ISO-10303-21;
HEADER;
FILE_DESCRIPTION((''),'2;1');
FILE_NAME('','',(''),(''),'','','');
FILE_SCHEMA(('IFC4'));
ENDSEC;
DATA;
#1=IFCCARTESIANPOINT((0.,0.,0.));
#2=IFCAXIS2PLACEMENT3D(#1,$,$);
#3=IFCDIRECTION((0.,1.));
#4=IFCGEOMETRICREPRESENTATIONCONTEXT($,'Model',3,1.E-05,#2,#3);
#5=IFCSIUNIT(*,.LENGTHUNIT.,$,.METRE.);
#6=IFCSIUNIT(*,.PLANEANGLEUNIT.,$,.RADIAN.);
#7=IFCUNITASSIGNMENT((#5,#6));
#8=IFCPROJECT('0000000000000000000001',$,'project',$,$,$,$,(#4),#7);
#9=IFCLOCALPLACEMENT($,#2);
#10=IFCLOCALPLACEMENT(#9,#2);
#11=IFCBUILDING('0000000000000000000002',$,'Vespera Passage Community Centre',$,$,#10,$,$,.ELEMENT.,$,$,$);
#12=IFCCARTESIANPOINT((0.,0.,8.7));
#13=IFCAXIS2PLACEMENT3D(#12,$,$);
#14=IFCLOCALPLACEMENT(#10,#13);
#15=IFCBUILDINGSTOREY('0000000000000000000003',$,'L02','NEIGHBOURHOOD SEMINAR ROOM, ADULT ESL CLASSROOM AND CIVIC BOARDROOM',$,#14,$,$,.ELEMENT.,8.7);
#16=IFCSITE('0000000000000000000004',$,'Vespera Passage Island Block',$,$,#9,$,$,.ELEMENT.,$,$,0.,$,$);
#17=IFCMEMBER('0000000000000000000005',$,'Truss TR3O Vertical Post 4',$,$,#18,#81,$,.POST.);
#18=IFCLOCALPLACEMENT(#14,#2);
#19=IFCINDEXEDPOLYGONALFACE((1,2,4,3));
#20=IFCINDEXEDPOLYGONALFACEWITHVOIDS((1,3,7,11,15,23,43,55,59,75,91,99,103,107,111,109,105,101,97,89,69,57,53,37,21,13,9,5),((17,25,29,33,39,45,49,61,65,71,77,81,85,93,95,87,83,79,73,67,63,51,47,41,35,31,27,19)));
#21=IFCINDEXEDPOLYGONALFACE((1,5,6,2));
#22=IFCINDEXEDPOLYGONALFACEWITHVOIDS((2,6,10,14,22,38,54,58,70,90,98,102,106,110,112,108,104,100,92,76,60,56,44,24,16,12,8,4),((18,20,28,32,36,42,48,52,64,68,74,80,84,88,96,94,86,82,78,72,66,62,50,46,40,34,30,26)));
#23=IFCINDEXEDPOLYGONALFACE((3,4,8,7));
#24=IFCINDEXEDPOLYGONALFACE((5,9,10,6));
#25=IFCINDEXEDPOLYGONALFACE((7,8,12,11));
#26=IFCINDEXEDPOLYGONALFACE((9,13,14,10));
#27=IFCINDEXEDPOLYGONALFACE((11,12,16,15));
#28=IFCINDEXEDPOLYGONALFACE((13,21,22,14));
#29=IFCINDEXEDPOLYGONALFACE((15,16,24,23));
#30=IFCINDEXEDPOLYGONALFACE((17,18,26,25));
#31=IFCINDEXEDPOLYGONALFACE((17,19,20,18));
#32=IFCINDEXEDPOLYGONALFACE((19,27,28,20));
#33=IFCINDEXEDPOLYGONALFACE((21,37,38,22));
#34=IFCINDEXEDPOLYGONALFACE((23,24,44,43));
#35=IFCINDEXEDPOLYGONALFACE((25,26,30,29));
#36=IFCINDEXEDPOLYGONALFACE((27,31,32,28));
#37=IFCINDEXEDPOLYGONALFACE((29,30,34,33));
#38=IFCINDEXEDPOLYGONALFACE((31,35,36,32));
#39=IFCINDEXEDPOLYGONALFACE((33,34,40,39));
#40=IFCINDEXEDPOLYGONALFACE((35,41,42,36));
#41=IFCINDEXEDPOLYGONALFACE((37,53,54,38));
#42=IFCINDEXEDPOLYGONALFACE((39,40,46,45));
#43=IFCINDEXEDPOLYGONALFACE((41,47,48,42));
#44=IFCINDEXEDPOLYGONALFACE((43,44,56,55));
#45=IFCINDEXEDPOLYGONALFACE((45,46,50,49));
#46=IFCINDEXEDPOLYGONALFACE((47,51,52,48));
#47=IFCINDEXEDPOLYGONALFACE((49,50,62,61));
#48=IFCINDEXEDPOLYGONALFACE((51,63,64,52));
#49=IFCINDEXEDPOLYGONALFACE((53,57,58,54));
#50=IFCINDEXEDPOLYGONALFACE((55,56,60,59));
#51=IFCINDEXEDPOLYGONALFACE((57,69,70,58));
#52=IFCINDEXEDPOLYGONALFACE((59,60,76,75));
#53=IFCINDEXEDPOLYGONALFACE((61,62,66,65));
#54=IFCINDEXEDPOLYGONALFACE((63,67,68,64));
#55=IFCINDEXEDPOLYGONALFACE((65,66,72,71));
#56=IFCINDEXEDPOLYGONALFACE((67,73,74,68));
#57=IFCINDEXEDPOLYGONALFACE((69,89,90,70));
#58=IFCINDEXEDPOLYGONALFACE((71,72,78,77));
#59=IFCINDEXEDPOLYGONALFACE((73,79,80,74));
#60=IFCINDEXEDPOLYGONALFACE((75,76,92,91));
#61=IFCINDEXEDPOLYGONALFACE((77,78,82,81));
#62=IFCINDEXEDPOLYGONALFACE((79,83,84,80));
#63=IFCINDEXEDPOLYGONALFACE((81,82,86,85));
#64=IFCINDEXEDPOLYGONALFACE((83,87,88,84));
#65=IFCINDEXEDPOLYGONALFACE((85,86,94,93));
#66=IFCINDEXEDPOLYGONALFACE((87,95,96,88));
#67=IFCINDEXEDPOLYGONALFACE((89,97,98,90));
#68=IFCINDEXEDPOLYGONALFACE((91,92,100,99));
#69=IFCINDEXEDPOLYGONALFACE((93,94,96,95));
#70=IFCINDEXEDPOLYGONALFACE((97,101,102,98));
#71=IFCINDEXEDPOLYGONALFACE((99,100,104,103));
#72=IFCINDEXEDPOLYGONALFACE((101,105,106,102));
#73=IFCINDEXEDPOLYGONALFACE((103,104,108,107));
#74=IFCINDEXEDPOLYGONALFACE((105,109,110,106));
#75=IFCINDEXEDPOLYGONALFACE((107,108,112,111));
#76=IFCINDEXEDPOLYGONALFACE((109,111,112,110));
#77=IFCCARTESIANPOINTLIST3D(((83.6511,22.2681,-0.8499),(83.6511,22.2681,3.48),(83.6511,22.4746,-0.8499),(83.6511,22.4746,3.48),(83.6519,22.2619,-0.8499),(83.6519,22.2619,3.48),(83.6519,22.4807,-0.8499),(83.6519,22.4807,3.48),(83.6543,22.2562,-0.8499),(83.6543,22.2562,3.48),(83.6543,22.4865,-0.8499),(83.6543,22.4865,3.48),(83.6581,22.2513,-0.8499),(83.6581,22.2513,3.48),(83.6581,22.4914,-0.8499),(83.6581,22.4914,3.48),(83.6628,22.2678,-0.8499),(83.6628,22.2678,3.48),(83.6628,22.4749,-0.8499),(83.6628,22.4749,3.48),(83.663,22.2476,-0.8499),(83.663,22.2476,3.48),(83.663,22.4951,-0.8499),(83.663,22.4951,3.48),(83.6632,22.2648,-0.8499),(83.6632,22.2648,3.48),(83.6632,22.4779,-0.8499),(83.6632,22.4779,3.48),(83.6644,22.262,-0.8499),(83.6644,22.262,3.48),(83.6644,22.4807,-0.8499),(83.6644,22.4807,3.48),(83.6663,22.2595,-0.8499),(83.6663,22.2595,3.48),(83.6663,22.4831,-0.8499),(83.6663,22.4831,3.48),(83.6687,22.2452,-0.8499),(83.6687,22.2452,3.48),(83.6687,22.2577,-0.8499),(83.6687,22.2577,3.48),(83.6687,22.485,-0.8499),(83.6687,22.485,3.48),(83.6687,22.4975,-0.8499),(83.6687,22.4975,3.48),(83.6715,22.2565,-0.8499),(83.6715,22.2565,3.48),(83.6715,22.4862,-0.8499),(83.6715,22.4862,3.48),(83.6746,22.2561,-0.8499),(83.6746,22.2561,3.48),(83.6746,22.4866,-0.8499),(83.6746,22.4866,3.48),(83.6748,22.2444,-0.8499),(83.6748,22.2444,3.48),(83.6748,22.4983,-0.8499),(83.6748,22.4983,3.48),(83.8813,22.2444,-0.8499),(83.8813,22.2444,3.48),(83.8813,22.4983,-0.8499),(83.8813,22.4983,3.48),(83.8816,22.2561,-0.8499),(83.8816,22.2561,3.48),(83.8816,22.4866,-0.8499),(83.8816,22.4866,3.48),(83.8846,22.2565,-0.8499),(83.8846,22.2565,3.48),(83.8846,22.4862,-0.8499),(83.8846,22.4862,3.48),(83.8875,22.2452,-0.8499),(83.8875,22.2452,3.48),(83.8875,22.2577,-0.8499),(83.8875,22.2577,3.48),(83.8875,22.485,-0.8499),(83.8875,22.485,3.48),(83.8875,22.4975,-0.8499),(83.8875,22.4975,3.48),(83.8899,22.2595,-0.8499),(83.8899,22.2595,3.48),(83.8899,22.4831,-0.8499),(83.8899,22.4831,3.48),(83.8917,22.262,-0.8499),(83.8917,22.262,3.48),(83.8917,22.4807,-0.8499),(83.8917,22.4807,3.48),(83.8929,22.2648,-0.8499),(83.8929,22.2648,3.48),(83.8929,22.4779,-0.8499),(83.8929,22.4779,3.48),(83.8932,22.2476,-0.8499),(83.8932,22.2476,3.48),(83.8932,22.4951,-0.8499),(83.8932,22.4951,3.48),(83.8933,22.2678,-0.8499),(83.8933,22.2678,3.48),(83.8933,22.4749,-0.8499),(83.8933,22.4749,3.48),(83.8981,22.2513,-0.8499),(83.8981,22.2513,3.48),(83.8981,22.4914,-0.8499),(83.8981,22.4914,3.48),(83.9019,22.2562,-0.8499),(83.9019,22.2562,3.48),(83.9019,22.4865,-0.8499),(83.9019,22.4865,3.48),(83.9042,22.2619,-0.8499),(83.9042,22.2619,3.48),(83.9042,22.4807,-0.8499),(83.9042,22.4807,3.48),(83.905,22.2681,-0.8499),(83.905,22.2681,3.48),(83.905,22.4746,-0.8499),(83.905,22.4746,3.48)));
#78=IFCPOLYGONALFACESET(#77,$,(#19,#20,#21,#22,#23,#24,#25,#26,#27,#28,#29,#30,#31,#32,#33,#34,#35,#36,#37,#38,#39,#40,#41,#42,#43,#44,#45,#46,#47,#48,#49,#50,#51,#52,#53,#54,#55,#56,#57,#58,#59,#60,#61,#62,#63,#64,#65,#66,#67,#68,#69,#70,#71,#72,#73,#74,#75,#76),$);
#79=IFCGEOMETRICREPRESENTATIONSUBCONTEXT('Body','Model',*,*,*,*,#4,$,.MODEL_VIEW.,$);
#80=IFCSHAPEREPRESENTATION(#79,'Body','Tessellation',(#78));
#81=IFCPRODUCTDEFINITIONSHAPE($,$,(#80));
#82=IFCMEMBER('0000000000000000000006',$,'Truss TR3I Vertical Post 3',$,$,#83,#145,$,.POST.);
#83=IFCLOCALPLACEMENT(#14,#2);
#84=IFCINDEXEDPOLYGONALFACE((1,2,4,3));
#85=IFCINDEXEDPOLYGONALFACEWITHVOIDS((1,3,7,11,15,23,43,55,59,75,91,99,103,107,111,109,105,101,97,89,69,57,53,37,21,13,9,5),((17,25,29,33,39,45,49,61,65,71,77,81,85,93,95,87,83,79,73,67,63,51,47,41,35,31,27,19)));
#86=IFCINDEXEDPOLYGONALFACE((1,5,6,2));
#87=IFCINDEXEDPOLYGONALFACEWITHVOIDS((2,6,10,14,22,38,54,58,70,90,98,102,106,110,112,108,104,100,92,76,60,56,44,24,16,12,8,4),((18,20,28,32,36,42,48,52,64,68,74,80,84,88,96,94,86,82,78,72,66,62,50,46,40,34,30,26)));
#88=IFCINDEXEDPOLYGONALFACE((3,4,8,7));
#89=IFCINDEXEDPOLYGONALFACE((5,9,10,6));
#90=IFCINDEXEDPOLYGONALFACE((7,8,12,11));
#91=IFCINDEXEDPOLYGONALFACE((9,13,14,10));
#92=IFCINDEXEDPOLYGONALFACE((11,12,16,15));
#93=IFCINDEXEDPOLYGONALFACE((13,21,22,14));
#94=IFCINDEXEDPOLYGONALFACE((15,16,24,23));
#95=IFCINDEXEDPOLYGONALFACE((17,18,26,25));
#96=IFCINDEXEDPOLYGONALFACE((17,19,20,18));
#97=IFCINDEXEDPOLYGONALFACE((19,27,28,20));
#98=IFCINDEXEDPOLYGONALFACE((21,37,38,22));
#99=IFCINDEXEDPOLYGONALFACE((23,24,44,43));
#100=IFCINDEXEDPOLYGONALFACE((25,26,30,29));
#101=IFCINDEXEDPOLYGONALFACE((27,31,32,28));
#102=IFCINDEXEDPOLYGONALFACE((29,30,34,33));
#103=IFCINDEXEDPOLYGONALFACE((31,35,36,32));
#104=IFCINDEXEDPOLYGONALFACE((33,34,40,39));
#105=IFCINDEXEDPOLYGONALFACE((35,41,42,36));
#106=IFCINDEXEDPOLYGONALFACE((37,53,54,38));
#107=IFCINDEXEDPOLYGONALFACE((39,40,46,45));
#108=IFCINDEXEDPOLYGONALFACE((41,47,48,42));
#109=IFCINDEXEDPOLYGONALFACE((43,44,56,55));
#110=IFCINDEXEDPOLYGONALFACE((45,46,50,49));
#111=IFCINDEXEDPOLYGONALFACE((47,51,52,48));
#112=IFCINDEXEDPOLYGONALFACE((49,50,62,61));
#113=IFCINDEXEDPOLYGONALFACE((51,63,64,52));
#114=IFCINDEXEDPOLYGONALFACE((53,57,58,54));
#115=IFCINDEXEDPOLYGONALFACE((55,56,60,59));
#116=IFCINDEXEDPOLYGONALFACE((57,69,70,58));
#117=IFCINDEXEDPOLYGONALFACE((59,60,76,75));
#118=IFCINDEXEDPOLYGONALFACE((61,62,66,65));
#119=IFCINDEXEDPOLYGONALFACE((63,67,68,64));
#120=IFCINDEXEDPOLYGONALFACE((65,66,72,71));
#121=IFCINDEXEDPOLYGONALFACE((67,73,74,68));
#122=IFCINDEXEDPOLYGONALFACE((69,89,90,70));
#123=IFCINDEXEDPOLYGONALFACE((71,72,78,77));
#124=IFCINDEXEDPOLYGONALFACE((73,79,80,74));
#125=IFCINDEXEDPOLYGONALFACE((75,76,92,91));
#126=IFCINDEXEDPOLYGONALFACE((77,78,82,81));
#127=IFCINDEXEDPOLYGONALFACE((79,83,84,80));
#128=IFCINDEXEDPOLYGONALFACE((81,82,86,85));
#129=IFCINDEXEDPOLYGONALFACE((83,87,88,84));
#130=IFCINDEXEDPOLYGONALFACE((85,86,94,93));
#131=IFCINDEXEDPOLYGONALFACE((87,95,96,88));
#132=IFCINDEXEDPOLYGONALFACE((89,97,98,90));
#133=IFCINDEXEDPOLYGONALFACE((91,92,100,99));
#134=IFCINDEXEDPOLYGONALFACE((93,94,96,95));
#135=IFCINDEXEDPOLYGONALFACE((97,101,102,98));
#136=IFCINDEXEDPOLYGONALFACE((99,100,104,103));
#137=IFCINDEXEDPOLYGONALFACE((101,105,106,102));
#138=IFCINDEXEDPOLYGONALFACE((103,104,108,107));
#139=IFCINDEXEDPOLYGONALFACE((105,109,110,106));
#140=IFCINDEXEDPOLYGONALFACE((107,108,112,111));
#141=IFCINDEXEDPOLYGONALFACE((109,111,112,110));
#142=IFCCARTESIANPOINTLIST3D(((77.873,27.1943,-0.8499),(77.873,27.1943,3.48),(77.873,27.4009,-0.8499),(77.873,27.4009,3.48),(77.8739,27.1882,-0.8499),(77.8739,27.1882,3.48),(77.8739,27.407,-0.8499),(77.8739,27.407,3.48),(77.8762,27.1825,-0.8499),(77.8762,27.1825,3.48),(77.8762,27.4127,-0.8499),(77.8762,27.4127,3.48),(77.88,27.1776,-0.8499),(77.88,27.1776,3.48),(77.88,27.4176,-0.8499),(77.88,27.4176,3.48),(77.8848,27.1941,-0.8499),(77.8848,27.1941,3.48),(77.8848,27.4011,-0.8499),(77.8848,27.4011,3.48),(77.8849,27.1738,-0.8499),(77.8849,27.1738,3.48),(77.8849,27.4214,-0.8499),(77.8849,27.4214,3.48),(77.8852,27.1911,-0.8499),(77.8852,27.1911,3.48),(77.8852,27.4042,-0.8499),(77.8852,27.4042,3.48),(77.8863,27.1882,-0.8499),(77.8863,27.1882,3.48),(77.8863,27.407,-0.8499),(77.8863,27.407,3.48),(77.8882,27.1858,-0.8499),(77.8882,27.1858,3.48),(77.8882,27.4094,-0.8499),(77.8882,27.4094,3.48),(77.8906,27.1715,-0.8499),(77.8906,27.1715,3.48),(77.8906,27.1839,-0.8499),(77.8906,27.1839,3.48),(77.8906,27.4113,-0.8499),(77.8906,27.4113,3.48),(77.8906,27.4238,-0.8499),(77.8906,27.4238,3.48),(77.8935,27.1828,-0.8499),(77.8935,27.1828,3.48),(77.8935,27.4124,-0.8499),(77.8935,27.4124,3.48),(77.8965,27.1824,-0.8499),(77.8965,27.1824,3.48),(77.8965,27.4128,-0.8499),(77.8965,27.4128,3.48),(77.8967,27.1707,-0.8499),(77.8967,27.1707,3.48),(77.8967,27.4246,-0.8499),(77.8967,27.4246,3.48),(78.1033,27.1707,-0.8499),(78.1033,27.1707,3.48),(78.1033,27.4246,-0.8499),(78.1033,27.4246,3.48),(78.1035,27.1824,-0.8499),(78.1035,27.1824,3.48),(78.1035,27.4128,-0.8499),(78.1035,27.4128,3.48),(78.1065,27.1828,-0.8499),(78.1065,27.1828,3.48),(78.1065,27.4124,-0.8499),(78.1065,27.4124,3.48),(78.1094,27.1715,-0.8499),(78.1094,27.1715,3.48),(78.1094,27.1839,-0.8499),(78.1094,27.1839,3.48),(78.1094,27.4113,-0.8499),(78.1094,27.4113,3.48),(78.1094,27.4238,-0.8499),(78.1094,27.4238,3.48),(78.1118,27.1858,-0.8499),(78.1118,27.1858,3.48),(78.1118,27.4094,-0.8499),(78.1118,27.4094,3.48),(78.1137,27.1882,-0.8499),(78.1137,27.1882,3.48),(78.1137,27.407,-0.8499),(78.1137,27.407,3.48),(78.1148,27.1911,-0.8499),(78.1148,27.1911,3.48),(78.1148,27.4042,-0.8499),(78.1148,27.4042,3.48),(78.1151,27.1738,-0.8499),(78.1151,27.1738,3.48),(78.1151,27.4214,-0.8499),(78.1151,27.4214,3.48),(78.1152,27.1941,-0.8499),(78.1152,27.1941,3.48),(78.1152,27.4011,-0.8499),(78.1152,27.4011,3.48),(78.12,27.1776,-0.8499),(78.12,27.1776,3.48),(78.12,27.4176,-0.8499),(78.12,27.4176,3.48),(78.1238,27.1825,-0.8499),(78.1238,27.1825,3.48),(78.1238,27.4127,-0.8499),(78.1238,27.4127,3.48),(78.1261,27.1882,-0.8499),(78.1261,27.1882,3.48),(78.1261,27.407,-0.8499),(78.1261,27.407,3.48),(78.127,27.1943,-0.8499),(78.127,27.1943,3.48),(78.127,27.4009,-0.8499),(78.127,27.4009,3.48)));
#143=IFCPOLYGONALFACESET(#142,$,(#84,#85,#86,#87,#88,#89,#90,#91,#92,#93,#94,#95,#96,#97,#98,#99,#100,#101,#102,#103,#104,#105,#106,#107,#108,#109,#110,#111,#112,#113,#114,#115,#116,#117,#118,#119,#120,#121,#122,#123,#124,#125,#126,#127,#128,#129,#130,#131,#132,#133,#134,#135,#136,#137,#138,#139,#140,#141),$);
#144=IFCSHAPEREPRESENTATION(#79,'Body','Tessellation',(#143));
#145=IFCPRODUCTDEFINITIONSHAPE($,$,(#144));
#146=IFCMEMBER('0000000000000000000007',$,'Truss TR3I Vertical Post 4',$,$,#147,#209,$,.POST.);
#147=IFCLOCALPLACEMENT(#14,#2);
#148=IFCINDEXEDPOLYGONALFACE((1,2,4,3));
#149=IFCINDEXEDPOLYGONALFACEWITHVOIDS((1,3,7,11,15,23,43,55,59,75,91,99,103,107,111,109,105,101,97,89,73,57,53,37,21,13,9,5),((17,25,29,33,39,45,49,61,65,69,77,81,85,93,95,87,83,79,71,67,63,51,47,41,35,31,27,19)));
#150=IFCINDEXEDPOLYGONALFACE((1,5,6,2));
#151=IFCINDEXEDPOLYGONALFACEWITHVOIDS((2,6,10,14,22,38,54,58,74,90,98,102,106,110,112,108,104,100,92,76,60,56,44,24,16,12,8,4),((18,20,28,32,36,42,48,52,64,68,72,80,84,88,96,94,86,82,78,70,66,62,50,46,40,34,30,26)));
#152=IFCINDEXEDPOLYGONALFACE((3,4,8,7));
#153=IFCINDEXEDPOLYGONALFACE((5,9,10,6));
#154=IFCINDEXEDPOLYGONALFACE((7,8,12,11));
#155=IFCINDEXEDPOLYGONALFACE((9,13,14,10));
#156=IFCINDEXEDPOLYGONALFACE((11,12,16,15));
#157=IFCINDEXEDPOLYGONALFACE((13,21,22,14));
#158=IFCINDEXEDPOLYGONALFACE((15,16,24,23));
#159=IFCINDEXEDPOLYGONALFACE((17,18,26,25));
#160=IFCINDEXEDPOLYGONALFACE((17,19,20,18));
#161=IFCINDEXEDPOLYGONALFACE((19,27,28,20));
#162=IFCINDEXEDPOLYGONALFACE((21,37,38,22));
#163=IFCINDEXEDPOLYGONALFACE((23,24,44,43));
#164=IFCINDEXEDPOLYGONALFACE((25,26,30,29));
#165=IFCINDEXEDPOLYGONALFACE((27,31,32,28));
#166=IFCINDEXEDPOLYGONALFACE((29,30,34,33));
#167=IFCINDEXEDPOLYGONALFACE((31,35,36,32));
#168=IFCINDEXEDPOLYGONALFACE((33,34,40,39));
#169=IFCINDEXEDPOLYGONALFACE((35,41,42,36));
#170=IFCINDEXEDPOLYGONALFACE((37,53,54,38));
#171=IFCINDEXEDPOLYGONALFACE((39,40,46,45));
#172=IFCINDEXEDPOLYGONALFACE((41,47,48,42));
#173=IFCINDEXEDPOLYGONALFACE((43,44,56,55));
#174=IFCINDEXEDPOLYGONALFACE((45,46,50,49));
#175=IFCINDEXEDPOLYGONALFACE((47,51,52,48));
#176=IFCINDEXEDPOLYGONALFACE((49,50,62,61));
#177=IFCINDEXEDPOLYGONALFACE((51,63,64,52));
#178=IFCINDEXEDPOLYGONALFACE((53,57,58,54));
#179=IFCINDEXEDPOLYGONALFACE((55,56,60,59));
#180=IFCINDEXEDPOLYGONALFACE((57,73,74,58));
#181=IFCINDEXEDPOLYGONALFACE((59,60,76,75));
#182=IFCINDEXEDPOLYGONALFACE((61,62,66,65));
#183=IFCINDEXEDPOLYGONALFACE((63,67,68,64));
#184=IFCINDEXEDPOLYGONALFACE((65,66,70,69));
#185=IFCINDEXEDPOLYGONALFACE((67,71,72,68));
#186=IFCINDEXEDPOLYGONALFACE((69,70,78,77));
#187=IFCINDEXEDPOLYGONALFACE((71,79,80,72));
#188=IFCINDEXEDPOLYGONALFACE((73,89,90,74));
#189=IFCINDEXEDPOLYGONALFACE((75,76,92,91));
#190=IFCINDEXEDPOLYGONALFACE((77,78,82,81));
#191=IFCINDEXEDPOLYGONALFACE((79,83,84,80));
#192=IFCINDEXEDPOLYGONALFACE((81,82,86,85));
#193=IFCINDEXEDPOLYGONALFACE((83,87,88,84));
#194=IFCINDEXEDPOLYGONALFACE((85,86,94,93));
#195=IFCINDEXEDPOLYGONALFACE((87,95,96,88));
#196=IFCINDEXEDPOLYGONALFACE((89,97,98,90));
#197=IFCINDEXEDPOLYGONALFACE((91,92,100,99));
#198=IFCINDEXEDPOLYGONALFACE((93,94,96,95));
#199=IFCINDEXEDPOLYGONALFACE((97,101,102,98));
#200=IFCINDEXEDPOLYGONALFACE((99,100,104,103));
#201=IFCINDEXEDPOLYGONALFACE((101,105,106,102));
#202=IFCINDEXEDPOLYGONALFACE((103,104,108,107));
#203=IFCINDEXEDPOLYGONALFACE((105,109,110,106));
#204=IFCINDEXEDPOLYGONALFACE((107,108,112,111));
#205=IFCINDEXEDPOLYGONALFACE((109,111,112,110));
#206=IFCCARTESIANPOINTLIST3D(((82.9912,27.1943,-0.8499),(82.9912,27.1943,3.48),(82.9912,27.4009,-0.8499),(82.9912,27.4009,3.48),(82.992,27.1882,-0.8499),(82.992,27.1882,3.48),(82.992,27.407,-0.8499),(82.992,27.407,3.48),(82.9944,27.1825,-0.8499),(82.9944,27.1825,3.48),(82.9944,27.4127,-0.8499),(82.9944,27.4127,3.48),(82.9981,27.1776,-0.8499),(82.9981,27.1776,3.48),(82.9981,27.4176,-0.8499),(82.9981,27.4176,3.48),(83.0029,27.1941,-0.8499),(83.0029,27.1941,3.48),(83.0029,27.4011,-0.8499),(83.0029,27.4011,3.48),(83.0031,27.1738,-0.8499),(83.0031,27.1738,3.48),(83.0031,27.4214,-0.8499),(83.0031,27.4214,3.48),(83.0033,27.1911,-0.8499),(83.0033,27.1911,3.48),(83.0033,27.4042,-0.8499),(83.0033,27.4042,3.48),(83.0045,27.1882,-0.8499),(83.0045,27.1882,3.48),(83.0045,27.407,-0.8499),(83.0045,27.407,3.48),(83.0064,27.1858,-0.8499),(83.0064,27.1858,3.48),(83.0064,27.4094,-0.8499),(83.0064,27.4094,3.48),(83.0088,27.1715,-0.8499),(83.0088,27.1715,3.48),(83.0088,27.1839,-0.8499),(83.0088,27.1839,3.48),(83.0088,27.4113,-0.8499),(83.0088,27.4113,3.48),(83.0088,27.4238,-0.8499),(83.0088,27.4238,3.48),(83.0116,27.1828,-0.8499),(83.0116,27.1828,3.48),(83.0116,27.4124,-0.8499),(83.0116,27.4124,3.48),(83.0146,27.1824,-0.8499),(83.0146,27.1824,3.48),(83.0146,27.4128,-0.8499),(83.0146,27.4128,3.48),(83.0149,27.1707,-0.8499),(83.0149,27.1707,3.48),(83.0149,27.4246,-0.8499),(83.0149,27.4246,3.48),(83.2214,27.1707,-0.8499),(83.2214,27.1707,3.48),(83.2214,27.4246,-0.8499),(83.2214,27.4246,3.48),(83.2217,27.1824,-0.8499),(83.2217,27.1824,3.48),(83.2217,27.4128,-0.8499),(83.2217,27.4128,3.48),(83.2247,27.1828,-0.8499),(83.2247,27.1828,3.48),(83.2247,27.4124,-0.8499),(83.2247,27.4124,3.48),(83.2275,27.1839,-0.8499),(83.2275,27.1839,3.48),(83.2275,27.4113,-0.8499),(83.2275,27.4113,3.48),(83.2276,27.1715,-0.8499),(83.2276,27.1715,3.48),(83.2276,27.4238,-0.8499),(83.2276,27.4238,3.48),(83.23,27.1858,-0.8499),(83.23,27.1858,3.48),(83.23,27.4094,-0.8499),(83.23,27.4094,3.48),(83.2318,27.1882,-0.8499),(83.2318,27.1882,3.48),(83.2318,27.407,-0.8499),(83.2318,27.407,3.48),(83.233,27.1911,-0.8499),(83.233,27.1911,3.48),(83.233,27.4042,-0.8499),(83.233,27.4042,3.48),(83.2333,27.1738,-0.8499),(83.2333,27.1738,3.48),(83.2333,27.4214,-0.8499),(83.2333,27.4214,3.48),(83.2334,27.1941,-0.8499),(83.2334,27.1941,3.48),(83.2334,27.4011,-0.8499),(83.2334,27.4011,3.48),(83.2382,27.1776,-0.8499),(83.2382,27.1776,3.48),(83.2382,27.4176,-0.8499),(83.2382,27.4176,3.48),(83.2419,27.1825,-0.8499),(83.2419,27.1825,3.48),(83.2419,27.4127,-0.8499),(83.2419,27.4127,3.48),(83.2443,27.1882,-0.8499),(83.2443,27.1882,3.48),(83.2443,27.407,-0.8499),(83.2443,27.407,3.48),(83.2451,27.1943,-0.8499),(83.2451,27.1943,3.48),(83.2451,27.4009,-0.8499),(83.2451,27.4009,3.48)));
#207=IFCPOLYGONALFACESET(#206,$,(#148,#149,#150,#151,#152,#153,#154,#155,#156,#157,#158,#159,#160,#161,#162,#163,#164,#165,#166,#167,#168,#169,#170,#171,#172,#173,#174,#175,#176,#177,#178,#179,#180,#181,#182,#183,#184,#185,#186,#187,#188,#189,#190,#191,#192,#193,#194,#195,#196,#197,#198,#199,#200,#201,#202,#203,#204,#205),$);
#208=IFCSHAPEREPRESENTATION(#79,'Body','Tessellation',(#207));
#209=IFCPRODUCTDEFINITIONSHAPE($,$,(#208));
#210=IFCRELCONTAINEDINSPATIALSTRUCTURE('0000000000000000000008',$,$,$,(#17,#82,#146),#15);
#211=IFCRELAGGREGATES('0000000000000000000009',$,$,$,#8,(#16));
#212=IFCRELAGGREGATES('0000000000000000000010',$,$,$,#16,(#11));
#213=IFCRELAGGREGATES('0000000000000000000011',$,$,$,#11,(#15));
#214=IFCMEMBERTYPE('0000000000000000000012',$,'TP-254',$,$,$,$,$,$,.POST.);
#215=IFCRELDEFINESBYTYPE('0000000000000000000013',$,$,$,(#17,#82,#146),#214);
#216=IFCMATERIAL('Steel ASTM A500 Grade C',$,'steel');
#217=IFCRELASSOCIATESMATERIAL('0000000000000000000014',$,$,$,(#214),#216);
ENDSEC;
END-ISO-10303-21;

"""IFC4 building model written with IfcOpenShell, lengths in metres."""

from ifc_helpers import new_model, si_unit, direction, frame, origin, origin_2d, place, context, subcontext, project, spatial, hollow_rectangle, extrude, material, material_profile, profile_set, type_object, element, save


model = new_model("IFC4")

# Units and contexts
model_context = context("Model", 3, precision=1e-05, world=origin(), true_north=direction((0.0, 1.0)))
body_context = subcontext(model_context, "Body", "Model", "MODEL_VIEW")
ifc_project = project(units=[si_unit("LENGTHUNIT", "METRE"), si_unit("PLANEANGLEUNIT", "RADIAN")], contexts=[model_context])

# Site, building, storey
site_placement = place(None, origin())
site = spatial("IfcSite", under=ifc_project, at=site_placement, Name="Vespera Passage Island Block", CompositionType="ELEMENT", RefElevation=0.0)
building_placement = place(site_placement, origin())
building = spatial("IfcBuilding", under=site, at=building_placement, Name="Vespera Passage Community Centre", CompositionType="ELEMENT")
storey_placement = place(building_placement, frame((0.0, 0.0, 8.7)))
storey = spatial("IfcBuildingStorey", under=building, at=storey_placement, Name="L02", Description="NEIGHBOURHOOD SEMINAR ROOM, ADULT ESL CLASSROOM AND CIVIC BOARDROOM", CompositionType="ELEMENT", Elevation=8.7)

# Members
ifc_material_1 = material(Name="Steel ASTM A500 Grade C", Category="steel")
ifc_material_profile_1 = material_profile(ifc_material_1, hollow_rectangle(XDim=0.2539, YDim=0.2539, WallThickness=0.0117, InnerFilletRadius=0.0117, OuterFilletRadius=0.0237, at=origin_2d()), Name="HSS254X254X12.7")
ifc_profile_set_1 = profile_set([ifc_material_profile_1], Name="Steel ASTM A500 Grade C")
member_type_1 = type_object("IfcMemberType", Name="TP-254", PredefinedType="POST", material=ifc_profile_set_1)
for number, where, z_axis, x_axis, name in (
    (1, (83.7781, 22.3713, -0.8499), (0.0, 0.0, 1.0), (1.0, 0.0, 0.0), "Truss TR3O Vertical Post 4"),
    (2, (78.0, 27.2976, -0.8499), (0.0, 0.0, 1.0), (1.0, 0.0, 0.0), "Truss TR3I Vertical Post 3"),
    (3, (83.1182, 27.2976, -0.8499), (0.0, 0.0, 1.0), (1.0, 0.0, 0.0), "Truss TR3I Vertical Post 4"),
):
    element("IfcMember", number, at=place(storey_placement, frame(where, z_axis=z_axis, x_axis=x_axis)), inside=storey, type_object=member_type_1, Name=name, PredefinedType="POST", context=body_context, shape_type="SweptSolid", body=[
        extrude(hollow_rectangle(XDim=0.2539, YDim=0.2539, WallThickness=0.0117, InnerFilletRadius=0.0117, OuterFilletRadius=0.0237, at=origin_2d()), origin(), (0.0, 0.0, 1.0), 4.3298),
    ])

save(model, "model.ifc")
